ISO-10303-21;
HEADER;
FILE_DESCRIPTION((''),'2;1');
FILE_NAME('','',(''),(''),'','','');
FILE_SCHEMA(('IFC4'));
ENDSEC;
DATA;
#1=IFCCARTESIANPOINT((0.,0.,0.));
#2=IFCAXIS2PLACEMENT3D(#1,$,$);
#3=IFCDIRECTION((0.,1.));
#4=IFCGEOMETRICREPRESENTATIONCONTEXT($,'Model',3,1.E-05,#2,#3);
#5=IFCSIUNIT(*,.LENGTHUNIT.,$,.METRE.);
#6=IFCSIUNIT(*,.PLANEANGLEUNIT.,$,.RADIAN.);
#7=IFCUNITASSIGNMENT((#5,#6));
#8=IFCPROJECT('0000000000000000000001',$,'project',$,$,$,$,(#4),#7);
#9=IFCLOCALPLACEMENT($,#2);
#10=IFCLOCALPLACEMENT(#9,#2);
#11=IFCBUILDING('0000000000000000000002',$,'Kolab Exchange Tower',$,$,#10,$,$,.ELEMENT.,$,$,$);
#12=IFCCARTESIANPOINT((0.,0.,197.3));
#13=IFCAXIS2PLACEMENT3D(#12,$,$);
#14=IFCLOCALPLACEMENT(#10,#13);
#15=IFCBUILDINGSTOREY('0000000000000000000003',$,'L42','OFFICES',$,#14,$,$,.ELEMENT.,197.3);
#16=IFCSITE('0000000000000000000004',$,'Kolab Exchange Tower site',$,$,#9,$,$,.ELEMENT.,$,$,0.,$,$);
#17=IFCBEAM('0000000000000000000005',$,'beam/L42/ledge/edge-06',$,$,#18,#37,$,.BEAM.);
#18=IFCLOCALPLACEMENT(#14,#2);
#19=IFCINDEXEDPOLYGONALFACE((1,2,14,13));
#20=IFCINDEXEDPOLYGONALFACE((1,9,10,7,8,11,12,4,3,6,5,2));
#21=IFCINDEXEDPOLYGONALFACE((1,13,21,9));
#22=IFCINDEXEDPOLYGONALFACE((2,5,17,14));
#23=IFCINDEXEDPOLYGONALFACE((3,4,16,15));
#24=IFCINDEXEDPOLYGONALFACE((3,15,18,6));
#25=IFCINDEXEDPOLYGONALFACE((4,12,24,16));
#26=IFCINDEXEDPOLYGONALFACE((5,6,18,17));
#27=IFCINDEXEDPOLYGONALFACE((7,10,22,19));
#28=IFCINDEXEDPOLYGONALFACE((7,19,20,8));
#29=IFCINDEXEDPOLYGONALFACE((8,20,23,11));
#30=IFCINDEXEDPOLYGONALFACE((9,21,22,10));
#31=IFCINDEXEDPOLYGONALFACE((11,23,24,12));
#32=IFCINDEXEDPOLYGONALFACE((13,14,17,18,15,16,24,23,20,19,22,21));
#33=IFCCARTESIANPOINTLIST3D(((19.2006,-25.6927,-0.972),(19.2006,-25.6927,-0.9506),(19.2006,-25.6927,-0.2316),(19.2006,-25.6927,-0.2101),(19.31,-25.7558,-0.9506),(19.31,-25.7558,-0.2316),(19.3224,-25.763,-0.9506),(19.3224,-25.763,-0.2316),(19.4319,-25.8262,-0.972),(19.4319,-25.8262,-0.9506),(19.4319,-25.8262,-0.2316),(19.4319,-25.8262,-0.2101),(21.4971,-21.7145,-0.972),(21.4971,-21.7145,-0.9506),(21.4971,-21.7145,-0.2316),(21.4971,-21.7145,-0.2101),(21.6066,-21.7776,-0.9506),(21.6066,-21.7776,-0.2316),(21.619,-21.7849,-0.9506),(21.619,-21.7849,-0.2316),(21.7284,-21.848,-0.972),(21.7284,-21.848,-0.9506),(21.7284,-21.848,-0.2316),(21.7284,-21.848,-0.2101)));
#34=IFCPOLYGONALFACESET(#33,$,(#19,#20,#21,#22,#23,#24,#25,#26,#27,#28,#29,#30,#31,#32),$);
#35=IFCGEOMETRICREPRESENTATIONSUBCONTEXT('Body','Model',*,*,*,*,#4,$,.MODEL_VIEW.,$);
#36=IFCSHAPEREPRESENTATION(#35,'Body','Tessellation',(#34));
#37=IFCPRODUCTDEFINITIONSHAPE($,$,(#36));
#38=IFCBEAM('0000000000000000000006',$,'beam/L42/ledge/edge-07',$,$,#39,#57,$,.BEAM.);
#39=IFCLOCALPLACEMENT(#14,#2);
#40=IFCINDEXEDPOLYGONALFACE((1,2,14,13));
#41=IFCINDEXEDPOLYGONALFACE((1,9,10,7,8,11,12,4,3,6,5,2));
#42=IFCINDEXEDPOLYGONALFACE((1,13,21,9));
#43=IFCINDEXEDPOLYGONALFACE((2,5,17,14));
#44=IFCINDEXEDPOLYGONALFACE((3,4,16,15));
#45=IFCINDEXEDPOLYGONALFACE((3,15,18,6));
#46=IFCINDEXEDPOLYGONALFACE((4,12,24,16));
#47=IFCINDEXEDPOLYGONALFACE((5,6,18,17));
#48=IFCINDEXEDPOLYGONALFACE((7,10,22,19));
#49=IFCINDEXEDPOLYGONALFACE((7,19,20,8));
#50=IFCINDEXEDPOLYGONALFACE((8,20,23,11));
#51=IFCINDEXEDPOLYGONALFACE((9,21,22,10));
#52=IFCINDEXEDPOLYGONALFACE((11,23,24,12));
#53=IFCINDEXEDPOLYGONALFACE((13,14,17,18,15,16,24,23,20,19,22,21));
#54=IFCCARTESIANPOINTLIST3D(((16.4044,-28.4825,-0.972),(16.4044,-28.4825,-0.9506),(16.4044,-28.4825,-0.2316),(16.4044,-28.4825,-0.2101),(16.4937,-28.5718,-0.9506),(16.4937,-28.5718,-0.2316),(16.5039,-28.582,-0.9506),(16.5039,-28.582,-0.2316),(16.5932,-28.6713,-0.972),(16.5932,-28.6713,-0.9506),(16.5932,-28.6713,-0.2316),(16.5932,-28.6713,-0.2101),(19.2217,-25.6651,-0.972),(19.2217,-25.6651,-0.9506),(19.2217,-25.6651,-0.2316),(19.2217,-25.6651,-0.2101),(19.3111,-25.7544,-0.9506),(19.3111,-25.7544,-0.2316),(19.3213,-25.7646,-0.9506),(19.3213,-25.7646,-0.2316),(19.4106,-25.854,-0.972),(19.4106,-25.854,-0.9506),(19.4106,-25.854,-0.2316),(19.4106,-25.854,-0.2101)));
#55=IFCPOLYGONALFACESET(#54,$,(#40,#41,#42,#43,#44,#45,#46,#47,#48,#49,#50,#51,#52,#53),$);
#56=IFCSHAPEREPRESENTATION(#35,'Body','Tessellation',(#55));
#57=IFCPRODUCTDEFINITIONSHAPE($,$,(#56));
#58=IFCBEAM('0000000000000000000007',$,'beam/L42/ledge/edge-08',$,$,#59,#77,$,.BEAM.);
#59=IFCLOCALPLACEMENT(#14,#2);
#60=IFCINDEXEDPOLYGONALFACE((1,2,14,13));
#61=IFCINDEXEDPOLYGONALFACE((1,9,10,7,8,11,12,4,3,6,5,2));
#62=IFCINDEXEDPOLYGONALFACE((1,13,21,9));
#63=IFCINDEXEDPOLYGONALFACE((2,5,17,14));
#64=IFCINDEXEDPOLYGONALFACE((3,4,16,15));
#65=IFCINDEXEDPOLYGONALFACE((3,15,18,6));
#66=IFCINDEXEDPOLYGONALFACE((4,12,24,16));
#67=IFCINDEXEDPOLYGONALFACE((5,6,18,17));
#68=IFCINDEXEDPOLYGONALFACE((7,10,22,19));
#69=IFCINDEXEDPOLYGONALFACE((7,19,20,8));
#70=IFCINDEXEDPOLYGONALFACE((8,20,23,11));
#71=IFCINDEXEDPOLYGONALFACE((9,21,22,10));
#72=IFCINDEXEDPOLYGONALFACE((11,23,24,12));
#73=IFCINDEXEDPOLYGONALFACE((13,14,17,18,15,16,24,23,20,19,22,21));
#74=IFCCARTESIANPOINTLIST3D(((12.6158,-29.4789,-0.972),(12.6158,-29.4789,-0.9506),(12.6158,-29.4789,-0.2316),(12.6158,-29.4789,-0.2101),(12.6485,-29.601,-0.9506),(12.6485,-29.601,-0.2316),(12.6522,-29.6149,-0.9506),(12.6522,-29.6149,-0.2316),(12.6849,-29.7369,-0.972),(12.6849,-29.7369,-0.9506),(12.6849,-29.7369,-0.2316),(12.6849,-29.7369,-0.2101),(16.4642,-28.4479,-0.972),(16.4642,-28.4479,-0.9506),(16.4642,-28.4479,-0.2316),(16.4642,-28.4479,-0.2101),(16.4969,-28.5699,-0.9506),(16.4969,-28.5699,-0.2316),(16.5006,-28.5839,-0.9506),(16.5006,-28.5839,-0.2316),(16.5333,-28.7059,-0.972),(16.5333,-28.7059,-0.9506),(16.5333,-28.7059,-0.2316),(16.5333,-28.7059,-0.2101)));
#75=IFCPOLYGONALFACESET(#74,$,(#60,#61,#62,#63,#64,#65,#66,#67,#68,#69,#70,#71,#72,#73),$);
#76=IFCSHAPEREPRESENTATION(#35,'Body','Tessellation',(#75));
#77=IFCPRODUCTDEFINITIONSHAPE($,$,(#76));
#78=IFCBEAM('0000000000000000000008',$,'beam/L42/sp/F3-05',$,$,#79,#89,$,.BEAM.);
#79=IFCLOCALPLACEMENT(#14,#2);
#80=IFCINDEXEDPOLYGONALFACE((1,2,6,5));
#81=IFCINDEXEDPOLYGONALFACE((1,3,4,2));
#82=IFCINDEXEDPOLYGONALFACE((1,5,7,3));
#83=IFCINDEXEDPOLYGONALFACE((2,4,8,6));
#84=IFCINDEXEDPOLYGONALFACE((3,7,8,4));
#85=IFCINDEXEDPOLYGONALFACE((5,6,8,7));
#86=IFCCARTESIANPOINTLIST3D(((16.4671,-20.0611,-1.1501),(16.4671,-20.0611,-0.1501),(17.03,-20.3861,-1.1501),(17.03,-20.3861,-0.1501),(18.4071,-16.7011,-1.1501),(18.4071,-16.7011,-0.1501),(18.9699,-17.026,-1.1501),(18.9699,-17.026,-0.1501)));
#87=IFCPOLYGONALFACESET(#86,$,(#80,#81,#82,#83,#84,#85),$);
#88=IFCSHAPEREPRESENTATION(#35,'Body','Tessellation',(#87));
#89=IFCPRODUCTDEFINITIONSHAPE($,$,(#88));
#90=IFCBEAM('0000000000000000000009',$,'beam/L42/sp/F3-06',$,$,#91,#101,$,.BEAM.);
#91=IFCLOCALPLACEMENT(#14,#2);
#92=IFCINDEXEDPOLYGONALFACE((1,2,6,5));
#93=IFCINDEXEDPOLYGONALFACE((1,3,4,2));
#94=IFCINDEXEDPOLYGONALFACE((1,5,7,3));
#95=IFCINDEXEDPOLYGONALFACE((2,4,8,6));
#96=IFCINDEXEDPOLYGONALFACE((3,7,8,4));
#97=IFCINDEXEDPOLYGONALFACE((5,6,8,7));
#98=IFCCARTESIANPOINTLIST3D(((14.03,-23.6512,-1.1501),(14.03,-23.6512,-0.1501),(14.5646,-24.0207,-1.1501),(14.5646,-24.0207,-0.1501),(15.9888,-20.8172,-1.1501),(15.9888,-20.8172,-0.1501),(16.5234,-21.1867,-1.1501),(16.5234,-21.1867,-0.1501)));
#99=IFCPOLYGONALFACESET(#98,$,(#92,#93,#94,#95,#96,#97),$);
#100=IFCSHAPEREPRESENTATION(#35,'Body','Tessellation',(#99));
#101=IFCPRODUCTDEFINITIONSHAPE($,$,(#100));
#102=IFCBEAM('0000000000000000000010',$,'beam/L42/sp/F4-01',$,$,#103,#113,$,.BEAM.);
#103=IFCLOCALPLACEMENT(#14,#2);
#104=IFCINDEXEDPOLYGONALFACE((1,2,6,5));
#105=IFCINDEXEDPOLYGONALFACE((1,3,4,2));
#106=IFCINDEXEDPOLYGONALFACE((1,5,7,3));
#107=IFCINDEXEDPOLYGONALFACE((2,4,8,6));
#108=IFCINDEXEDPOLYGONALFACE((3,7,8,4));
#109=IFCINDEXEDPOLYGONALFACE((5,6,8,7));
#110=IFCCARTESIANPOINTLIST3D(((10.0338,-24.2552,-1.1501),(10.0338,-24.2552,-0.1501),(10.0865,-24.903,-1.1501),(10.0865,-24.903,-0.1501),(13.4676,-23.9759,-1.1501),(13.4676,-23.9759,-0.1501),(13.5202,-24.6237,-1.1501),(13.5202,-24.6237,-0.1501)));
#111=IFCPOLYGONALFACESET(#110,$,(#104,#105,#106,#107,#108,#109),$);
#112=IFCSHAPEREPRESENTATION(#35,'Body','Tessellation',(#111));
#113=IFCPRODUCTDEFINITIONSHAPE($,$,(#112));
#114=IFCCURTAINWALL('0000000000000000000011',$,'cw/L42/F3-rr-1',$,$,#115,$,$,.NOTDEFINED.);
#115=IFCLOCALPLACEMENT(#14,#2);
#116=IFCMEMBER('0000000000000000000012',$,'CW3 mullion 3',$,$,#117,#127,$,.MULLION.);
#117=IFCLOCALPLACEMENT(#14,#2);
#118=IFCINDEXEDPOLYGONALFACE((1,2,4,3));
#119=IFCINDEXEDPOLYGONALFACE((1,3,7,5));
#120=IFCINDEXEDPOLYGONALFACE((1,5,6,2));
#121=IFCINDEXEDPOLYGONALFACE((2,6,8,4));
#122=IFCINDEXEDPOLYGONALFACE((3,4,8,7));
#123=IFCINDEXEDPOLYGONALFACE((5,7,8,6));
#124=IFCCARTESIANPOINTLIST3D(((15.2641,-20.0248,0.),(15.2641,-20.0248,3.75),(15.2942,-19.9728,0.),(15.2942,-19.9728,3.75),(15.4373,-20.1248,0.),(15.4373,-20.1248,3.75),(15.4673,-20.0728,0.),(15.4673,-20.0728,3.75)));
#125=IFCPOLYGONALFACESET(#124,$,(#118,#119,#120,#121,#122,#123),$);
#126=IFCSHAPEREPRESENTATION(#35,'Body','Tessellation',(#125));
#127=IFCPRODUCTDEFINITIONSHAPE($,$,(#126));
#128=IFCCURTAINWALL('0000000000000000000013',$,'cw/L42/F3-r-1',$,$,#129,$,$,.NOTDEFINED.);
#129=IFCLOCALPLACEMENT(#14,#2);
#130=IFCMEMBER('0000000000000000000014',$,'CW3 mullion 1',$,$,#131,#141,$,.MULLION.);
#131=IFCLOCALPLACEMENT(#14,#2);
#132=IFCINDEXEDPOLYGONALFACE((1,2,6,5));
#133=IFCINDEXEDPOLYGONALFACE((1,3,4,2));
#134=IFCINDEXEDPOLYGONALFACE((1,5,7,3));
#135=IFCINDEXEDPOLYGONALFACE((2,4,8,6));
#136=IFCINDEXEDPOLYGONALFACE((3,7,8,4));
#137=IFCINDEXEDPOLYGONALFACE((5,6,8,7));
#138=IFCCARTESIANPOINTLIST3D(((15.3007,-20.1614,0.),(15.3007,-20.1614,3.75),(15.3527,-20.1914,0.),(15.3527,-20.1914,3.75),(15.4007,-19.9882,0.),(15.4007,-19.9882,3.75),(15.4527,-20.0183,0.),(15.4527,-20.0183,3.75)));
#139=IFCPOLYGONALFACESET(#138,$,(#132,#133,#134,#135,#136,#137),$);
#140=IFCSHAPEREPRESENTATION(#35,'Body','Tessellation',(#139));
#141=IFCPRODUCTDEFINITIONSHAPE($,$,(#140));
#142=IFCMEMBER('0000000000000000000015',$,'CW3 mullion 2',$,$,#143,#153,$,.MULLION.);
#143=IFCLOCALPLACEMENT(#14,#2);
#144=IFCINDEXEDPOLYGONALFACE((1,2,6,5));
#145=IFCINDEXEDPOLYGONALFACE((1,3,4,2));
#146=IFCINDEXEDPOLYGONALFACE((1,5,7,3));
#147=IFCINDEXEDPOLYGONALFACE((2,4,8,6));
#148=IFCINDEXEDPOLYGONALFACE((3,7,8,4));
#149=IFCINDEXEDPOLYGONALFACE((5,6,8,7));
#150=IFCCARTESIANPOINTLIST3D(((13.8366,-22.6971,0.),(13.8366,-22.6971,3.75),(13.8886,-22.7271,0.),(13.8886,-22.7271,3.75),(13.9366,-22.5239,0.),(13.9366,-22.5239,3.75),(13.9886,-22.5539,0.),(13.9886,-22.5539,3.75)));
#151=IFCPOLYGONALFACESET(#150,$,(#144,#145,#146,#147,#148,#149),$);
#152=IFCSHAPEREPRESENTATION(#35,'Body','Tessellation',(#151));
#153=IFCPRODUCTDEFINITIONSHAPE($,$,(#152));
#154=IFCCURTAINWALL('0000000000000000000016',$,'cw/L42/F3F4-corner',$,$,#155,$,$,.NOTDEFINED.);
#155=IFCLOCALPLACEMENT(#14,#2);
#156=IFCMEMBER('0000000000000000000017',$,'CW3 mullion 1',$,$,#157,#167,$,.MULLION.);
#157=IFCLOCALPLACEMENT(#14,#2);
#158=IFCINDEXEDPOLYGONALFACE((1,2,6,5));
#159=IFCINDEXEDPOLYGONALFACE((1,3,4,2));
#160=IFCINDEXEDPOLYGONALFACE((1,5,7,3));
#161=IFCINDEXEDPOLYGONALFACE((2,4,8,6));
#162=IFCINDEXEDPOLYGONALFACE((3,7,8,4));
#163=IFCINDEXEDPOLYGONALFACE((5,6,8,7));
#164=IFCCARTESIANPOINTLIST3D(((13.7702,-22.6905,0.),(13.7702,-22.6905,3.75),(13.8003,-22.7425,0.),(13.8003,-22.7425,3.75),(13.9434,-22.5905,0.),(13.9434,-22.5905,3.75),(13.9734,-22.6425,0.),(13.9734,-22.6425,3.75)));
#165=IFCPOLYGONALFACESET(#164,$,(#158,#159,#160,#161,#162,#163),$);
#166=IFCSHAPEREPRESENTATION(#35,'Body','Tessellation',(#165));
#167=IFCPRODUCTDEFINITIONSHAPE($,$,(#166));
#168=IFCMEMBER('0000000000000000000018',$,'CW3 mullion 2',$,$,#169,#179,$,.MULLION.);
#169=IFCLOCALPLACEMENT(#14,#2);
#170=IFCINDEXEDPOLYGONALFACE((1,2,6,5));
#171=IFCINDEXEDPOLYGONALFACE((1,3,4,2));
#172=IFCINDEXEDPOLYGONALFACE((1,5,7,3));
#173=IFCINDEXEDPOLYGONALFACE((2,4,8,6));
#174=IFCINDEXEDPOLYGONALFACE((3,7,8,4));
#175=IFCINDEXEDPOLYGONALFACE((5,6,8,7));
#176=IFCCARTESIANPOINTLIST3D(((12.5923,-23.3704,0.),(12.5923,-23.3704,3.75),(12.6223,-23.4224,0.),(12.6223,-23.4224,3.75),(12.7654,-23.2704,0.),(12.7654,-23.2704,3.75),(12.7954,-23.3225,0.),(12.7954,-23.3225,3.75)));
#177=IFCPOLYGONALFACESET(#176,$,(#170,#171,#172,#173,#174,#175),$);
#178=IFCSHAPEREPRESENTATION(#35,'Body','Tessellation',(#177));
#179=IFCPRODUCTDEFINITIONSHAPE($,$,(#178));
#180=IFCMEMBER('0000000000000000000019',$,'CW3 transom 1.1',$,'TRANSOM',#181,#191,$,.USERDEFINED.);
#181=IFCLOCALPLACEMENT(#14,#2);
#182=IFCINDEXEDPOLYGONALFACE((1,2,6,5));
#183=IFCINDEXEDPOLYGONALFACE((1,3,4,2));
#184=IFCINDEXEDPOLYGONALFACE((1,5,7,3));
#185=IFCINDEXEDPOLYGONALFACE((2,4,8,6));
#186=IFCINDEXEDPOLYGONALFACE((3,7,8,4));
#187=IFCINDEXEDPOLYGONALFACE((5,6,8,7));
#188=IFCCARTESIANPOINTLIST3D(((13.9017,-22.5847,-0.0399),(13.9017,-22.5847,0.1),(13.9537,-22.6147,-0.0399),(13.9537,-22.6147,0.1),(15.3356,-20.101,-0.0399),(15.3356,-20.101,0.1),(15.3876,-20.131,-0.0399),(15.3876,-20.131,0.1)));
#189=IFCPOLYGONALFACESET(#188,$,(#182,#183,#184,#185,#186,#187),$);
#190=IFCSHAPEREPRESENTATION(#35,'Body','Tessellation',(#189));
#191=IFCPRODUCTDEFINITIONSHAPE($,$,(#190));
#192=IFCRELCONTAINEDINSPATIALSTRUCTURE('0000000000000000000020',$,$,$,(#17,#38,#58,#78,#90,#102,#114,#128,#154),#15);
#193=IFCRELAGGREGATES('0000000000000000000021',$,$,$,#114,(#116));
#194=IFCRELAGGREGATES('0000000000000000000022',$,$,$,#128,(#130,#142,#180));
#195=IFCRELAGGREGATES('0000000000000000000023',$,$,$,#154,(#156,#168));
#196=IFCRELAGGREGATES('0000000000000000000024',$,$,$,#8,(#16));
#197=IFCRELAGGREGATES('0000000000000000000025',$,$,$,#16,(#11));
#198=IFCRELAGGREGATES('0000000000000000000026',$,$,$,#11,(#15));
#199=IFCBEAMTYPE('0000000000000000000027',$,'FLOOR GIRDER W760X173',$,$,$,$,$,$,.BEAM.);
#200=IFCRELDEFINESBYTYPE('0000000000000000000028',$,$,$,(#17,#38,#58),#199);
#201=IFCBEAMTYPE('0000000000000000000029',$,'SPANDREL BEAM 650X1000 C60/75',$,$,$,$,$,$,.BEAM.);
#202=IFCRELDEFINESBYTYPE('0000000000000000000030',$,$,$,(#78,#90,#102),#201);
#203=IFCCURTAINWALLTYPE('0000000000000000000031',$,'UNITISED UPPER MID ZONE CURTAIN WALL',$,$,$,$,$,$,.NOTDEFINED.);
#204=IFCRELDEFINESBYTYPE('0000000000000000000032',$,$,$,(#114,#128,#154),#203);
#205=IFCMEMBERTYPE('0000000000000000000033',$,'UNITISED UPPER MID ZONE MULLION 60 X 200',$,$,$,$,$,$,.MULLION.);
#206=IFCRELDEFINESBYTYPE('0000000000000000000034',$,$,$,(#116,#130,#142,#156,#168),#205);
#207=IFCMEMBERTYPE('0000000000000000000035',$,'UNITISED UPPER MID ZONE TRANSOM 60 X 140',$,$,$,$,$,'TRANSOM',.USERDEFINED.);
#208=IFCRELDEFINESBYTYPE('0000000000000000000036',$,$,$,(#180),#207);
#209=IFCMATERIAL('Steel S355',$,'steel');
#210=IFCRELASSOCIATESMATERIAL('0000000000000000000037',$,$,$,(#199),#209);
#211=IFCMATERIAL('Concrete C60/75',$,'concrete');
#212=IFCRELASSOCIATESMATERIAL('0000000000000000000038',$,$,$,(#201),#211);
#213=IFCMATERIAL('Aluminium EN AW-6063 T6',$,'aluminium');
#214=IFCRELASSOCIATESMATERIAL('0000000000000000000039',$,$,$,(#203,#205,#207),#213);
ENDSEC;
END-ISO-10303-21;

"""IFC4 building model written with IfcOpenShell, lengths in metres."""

from ifc_helpers import new_model, si_unit, direction, frame, origin, origin_2d, place, context, subcontext, project, spatial, rectangle, i_section, extrude, material, material_profile, profile_set, type_object, element, aggregate, save


model = new_model("IFC4")

# Units and contexts
model_context = context("Model", 3, precision=1e-05, world=origin(), true_north=direction((0.0, 1.0)))
body_context = subcontext(model_context, "Body", "Model", "MODEL_VIEW")
ifc_project = project(units=[si_unit("LENGTHUNIT", "METRE"), si_unit("PLANEANGLEUNIT", "RADIAN")], contexts=[model_context])

# Site, building, storey
site_placement = place(None, origin())
site = spatial("IfcSite", under=ifc_project, at=site_placement, Name="Kolab Exchange Tower site", CompositionType="ELEMENT", RefElevation=0.0)
building_placement = place(site_placement, origin())
building = spatial("IfcBuilding", under=site, at=building_placement, Name="Kolab Exchange Tower", CompositionType="ELEMENT")
storey_placement = place(building_placement, frame((0.0, 0.0, 197.3)))
storey = spatial("IfcBuildingStorey", under=building, at=storey_placement, Name="L42", Description="OFFICES", CompositionType="ELEMENT", Elevation=197.3)

# Shared definitions
ifc_material_1 = material(Name="Concrete C60/75", Category="concrete")

# Beams
ifc_material_2 = material(Name="Steel S355", Category="steel")
ifc_material_profile_1 = material_profile(ifc_material_2, i_section(OverallWidth=0.2671, OverallDepth=0.762, WebThickness=0.0144, FlangeThickness=0.0215, at=origin_2d()), Name="W760X173")
ifc_profile_set_1 = profile_set([ifc_material_profile_1], Name="Steel S355")
beam_type_1 = type_object("IfcBeamType", Name="FLOOR GIRDER W760X173", PredefinedType="BEAM", material=ifc_profile_set_1)
beam_1_placement = place(storey_placement, frame((21.6128, -21.7812, -0.5911), z_axis=(-0.499963, -0.866047, 0.0), x_axis=(0.866047, -0.499963, 0.0)))
element("IfcBeam", 1, at=beam_1_placement, inside=storey, type_object=beam_type_1, Name="beam/L42/ledge/edge-06", PredefinedType="BEAM", context=body_context, shape_type="SweptSolid", body=[
    extrude(i_section(OverallWidth=0.2671, OverallDepth=0.762, WebThickness=0.0144, FlangeThickness=0.0215, at=origin_2d()), origin(), (0.0, 0.0, 1.0), 4.5935),
])
beam_2_placement = place(storey_placement, frame((19.3162, -25.7595, -0.5911), z_axis=(-0.707107, -0.707107, 0.0), x_axis=(0.707107, -0.707107, 0.0)))
element("IfcBeam", 2, at=beam_2_placement, inside=storey, type_object=beam_type_1, Name="beam/L42/ledge/edge-07", PredefinedType="BEAM", context=body_context, shape_type="SweptSolid", body=[
    extrude(i_section(OverallWidth=0.2671, OverallDepth=0.762, WebThickness=0.0144, FlangeThickness=0.0215, at=origin_2d()), origin(), (0.0, 0.0, 1.0), 3.9844),
])
beam_3_placement = place(storey_placement, frame((16.4988, -28.5769, -0.5911), z_axis=(-0.965936, -0.25878, 0.0), x_axis=(0.25878, -0.965936, 0.0)))
element("IfcBeam", 3, at=beam_3_placement, inside=storey, type_object=beam_type_1, Name="beam/L42/ledge/edge-08", PredefinedType="BEAM", context=body_context, shape_type="SweptSolid", body=[
    extrude(i_section(OverallWidth=0.2671, OverallDepth=0.762, WebThickness=0.0144, FlangeThickness=0.0215, at=origin_2d()), origin(), (0.0, 0.0, 1.0), 3.9841),
])
ifc_material_profile_2 = material_profile(ifc_material_1, rectangle(XDim=0.6499, YDim=1.0, at=origin_2d()), Name="RC650X1000")
ifc_profile_set_2 = profile_set([ifc_material_profile_2], Name="Concrete C60/75")
beam_type_2 = type_object("IfcBeamType", Name="SPANDREL BEAM 650X1000 C60/75", PredefinedType="BEAM", material=ifc_profile_set_2)
beam_4_placement = place(storey_placement, frame((18.6885, -16.8635, -0.6501), z_axis=(-0.499997, -0.866027, 0.0), x_axis=(0.866027, -0.499997, 0.0)))
element("IfcBeam", 4, at=beam_4_placement, inside=storey, type_object=beam_type_2, Name="beam/L42/sp/F3-05", PredefinedType="BEAM", context=body_context, shape_type="SweptSolid", body=[
    extrude(rectangle(XDim=0.6499, YDim=1.0, at=origin_2d()), origin(), (0.0, 0.0, 1.0), 3.8799),
])
for number, where, z_axis, x_axis, name in (
    (5, (16.2561, -21.002, -0.6501), (-0.568572, -0.822633, 0.0), (0.822633, -0.568572, 0.0), "beam/L42/sp/F3-06"),
    (6, (13.4939, -24.2998, -0.6501), (-0.996708, -0.081069, 0.0), (0.081069, -0.996708, 0.0), "beam/L42/sp/F4-01"),
):
    element("IfcBeam", number, at=place(storey_placement, frame(where, z_axis=z_axis, x_axis=x_axis)), inside=storey, type_object=beam_type_2, Name=name, PredefinedType="BEAM", context=body_context, shape_type="SweptSolid", body=[
        extrude(rectangle(XDim=0.6499, YDim=1.0, at=origin_2d()), origin(), (0.0, 0.0, 1.0), 3.4451),
    ])

# Curtain wall, member
ifc_material_3 = material(Name="Aluminium EN AW-6063 T6", Category="aluminium")
curtain_wall_type = type_object("IfcCurtainWallType", Name="UNITISED UPPER MID ZONE CURTAIN WALL", PredefinedType="NOTDEFINED", material=ifc_material_3)
curtain_wall_1_placement = place(storey_placement, origin())
curtain_wall_1 = element("IfcCurtainWall", 7, at=curtain_wall_1_placement, inside=storey, type_object=curtain_wall_type, Name="cw/L42/F3-rr-1", PredefinedType="NOTDEFINED")
ifc_material_profile_3 = material_profile(ifc_material_3, rectangle(XDim=0.0601, YDim=0.2, at=origin_2d()), Name="RECT 60X200")
ifc_profile_set_3 = profile_set([ifc_material_profile_3], Name="Aluminium EN AW-6063 T6")
member_type_1 = type_object("IfcMemberType", Name="UNITISED UPPER MID ZONE MULLION 60 X 200", PredefinedType="MULLION", material=ifc_profile_set_3)
member_1_placement = place(storey_placement, frame((15.3657, -20.0488, 0.0), z_axis=(0.0, 0.0, 1.0), x_axis=(0.5, 0.866025, 0.0)))
member_1 = element("IfcMember", 8, at=member_1_placement, type_object=member_type_1, Name="CW3 mullion 3", PredefinedType="MULLION", context=body_context, shape_type="SweptSolid", body=[
    extrude(rectangle(XDim=0.0601, YDim=0.2, at=origin_2d()), origin(), (0.0, 0.0, 1.0), 3.75),
])

# Curtain walls, members
curtain_wall_2_placement = place(storey_placement, origin())
curtain_wall_2 = element("IfcCurtainWall", 9, at=curtain_wall_2_placement, inside=storey, type_object=curtain_wall_type, Name="cw/L42/F3-r-1", PredefinedType="NOTDEFINED")
member_2_placement = place(storey_placement, frame((15.3767, -20.0898, 0.0), z_axis=(0.0, 0.0, 1.0), x_axis=(0.866025, -0.5, 0.0)))
member_2 = element("IfcMember", 10, at=member_2_placement, type_object=member_type_1, Name="CW3 mullion 1", PredefinedType="MULLION", context=body_context, shape_type="SweptSolid", body=[
    extrude(rectangle(XDim=0.0601, YDim=0.2, at=origin_2d()), origin(), (0.0, 0.0, 1.0), 3.75),
])
member_3_placement = place(storey_placement, frame((13.9126, -22.6255, 0.0), z_axis=(0.0, 0.0, 1.0), x_axis=(0.866025, -0.5, 0.0)))
member_3 = element("IfcMember", 11, at=member_3_placement, type_object=member_type_1, Name="CW3 mullion 2", PredefinedType="MULLION", context=body_context, shape_type="SweptSolid", body=[
    extrude(rectangle(XDim=0.0601, YDim=0.2, at=origin_2d()), origin(), (0.0, 0.0, 1.0), 3.75),
])
curtain_wall_3_placement = place(storey_placement, origin())
curtain_wall_3 = element("IfcCurtainWall", 12, at=curtain_wall_3_placement, inside=storey, type_object=curtain_wall_type, Name="cw/L42/F3F4-corner", PredefinedType="NOTDEFINED")
member_4_placement = place(storey_placement, frame((13.8718, -22.6665, 0.0), z_axis=(0.0, 0.0, 1.0), x_axis=(0.5, -0.866025, 0.0)))
member_4 = element("IfcMember", 13, at=member_4_placement, type_object=member_type_1, Name="CW3 mullion 1", PredefinedType="MULLION", context=body_context, shape_type="SweptSolid", body=[
    extrude(rectangle(XDim=0.0601, YDim=0.2, at=origin_2d()), origin(), (0.0, 0.0, 1.0), 3.75),
])
member_5_placement = place(storey_placement, frame((12.6938, -23.3464, 0.0), z_axis=(0.0, 0.0, 1.0), x_axis=(0.5, -0.866025, 0.0)))
member_5 = element("IfcMember", 14, at=member_5_placement, type_object=member_type_1, Name="CW3 mullion 2", PredefinedType="MULLION", context=body_context, shape_type="SweptSolid", body=[
    extrude(rectangle(XDim=0.0601, YDim=0.2, at=origin_2d()), origin(), (0.0, 0.0, 1.0), 3.75),
])

# Member
ifc_material_profile_4 = material_profile(ifc_material_3, rectangle(XDim=0.0601, YDim=0.1399, at=origin_2d()), Name="RECT 60X140")
ifc_profile_set_4 = profile_set([ifc_material_profile_4], Name="Aluminium EN AW-6063 T6")
member_type_2 = type_object("IfcMemberType", Name="UNITISED UPPER MID ZONE TRANSOM 60 X 140", ElementType="TRANSOM", PredefinedType="USERDEFINED", material=ifc_profile_set_4)
member_6_placement = place(storey_placement, frame((15.3616, -20.116, 0.03), z_axis=(-0.499975, -0.86604, 0.0), x_axis=(0.86604, -0.499975, 0.0)))
member_6 = element("IfcMember", 15, at=member_6_placement, type_object=member_type_2, Name="CW3 transom 1.1", ObjectType="TRANSOM", PredefinedType="USERDEFINED", context=body_context, shape_type="SweptSolid", body=[
    extrude(rectangle(XDim=0.0601, YDim=0.1399, at=origin_2d()), origin(), (0.0, 0.0, 1.0), 2.8679),
])

aggregate(curtain_wall_1, [member_1])
aggregate(curtain_wall_2, [member_2, member_3, member_6])
aggregate(curtain_wall_3, [member_4, member_5])

save(model, "model.ifc")
